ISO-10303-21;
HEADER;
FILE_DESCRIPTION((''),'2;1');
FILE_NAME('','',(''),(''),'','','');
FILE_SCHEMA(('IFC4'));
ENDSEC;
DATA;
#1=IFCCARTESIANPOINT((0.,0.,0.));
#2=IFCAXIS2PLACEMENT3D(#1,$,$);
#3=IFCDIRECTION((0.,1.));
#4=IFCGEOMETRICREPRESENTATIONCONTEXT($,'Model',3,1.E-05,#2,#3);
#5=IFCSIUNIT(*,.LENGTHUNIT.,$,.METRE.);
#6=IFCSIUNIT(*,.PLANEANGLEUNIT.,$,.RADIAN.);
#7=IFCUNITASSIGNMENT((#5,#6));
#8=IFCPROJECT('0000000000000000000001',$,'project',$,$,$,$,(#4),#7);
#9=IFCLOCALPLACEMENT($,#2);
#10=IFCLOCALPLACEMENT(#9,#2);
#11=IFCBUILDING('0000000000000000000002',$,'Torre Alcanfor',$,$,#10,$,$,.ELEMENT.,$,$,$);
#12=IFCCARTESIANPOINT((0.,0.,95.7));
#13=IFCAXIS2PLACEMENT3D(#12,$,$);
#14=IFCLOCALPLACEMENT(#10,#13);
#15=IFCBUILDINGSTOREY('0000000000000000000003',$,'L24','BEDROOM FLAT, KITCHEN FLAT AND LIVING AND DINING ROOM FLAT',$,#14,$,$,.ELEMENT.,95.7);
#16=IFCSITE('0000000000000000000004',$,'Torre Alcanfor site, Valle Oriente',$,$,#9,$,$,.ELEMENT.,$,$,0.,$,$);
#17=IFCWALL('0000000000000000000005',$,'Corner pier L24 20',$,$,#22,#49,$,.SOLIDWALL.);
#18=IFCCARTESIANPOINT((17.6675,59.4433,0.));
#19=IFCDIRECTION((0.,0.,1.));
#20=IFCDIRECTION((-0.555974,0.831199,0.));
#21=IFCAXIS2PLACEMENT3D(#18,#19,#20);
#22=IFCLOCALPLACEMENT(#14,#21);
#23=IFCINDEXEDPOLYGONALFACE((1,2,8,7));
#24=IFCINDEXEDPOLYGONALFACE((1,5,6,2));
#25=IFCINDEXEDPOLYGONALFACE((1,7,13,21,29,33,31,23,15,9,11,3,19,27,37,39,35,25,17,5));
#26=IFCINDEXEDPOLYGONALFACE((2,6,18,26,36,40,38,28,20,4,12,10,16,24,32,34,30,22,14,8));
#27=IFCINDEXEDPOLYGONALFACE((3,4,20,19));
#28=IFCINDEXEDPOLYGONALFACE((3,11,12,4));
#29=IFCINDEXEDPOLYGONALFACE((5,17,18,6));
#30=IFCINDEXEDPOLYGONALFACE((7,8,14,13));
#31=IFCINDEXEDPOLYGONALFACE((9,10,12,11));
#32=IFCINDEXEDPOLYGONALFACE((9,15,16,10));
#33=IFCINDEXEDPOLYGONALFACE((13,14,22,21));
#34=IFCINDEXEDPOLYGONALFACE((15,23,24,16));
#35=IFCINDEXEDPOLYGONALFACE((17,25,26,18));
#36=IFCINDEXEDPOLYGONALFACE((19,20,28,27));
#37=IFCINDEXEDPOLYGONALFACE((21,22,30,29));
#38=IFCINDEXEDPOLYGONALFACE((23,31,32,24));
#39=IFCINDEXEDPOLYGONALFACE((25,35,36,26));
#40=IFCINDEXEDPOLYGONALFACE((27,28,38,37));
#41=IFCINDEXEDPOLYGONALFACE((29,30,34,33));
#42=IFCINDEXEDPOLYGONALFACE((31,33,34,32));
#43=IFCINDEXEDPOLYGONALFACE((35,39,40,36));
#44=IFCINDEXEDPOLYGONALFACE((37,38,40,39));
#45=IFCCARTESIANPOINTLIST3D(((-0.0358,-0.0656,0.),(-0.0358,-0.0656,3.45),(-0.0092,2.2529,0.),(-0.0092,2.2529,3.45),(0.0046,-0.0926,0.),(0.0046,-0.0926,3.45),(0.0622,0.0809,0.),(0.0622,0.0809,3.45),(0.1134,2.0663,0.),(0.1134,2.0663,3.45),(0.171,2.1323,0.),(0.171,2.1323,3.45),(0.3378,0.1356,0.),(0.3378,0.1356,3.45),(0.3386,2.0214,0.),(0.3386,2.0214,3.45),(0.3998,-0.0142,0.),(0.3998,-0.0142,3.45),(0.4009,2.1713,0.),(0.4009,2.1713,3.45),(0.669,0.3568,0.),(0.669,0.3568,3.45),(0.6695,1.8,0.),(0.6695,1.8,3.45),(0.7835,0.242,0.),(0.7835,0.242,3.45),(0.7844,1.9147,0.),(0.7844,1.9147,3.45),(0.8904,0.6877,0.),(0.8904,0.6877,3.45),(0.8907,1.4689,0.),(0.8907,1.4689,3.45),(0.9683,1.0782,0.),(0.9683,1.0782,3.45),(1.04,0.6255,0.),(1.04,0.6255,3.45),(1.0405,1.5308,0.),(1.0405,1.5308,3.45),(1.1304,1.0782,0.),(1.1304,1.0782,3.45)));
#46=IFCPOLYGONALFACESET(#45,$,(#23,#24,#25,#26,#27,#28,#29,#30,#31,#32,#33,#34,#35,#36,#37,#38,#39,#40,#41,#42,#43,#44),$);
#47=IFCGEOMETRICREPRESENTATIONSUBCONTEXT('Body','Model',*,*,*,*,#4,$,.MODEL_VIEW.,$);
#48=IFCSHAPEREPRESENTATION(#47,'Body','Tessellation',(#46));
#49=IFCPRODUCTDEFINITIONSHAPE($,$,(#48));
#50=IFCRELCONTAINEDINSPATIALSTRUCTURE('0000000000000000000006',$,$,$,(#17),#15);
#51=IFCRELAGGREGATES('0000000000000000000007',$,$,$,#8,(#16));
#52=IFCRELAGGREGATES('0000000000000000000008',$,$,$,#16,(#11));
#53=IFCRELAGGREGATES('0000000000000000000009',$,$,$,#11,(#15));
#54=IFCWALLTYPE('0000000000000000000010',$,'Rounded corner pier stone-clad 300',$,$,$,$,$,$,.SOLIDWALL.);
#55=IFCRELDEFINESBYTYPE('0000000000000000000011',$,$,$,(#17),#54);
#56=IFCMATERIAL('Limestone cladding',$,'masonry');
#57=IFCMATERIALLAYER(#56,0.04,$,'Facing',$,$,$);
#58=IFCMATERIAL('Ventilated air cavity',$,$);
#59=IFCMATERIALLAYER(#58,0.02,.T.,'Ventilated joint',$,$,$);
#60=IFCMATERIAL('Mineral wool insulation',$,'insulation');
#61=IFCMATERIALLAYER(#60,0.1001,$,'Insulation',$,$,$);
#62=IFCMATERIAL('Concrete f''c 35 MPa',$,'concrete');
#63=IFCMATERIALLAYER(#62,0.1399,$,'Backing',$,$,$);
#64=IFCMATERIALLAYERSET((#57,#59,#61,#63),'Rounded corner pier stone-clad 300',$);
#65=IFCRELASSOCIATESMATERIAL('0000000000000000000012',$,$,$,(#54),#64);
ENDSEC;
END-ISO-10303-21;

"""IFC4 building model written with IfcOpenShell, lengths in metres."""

from ifc_helpers import new_model, si_unit, direction, frame, origin, place, context, subcontext, project, spatial, polyline, outline, extrude, material, layer, layer_set, type_object, element, save


model = new_model("IFC4")

# Units and contexts
model_context = context("Model", 3, precision=1e-05, world=origin(), true_north=direction((0.0, 1.0)))
body_context = subcontext(model_context, "Body", "Model", "MODEL_VIEW")
ifc_project = project(units=[si_unit("LENGTHUNIT", "METRE"), si_unit("PLANEANGLEUNIT", "RADIAN")], contexts=[model_context])

# Site, building, storey
site_placement = place(None, origin())
site = spatial("IfcSite", under=ifc_project, at=site_placement, Name="Torre Alcanfor site, Valle Oriente", CompositionType="ELEMENT", RefElevation=0.0)
building_placement = place(site_placement, origin())
building = spatial("IfcBuilding", under=site, at=building_placement, Name="Torre Alcanfor", CompositionType="ELEMENT")
storey_placement = place(building_placement, frame((0.0, 0.0, 95.7)))
storey = spatial("IfcBuildingStorey", under=building, at=storey_placement, Name="L24", Description="BEDROOM FLAT, KITCHEN FLAT AND LIVING AND DINING ROOM FLAT", CompositionType="ELEMENT", Elevation=95.7)

# Wall
ifc_material_1 = material(Name="Limestone cladding", Category="masonry")
ifc_layer_1 = layer(ifc_material_1, 0.04, Name="Facing")
ifc_material_2 = material(Name="Ventilated air cavity")
ifc_layer_2 = layer(ifc_material_2, 0.02, ventilated=True, Name="Ventilated joint")
ifc_material_3 = material(Name="Mineral wool insulation", Category="insulation")
ifc_layer_3 = layer(ifc_material_3, 0.1001, Name="Insulation")
ifc_material_4 = material(Name="Concrete f'c 35 MPa", Category="concrete")
ifc_layer_4 = layer(ifc_material_4, 0.1399, Name="Backing")
ifc_layer_set_1 = layer_set([ifc_layer_1, ifc_layer_2, ifc_layer_3, ifc_layer_4], Name="Rounded corner pier stone-clad 300")
wall_type_1 = type_object("IfcWallType", Name="Rounded corner pier stone-clad 300", PredefinedType="SOLIDWALL", material=ifc_layer_set_1)
wall_1_placement = place(storey_placement, frame((17.6675, 59.4433, 0.0), z_axis=(0.0, 0.0, 1.0), x_axis=(-0.555974, 0.831199, 0.0)))
element("IfcWall", 1, at=wall_1_placement, inside=storey, type_object=wall_type_1, Name="Corner pier L24 20", PredefinedType="SOLIDWALL", context=body_context, shape_type="SweptSolid", body=[
    extrude(outline(polyline([(0.0046, -0.0926), (0.3998, -0.0142), (0.7835, 0.242), (1.04, 0.6255), (1.1304, 1.0782), (1.0405, 1.5308), (0.7844, 1.9147), (0.4009, 2.1713), (-0.0092, 2.2529), (0.171, 2.1323), (0.1134, 2.0663), (0.3386, 2.0214), (0.6695, 1.8), (0.8907, 1.4689), (0.9683, 1.0782), (0.8904, 0.6877), (0.669, 0.3568), (0.3378, 0.1356), (0.0622, 0.0809), (-0.0358, -0.0656), (0.0046, -0.0926)])), origin(), (0.0, 0.0, 1.0), 3.45),
])

save(model, "model.ifc")
